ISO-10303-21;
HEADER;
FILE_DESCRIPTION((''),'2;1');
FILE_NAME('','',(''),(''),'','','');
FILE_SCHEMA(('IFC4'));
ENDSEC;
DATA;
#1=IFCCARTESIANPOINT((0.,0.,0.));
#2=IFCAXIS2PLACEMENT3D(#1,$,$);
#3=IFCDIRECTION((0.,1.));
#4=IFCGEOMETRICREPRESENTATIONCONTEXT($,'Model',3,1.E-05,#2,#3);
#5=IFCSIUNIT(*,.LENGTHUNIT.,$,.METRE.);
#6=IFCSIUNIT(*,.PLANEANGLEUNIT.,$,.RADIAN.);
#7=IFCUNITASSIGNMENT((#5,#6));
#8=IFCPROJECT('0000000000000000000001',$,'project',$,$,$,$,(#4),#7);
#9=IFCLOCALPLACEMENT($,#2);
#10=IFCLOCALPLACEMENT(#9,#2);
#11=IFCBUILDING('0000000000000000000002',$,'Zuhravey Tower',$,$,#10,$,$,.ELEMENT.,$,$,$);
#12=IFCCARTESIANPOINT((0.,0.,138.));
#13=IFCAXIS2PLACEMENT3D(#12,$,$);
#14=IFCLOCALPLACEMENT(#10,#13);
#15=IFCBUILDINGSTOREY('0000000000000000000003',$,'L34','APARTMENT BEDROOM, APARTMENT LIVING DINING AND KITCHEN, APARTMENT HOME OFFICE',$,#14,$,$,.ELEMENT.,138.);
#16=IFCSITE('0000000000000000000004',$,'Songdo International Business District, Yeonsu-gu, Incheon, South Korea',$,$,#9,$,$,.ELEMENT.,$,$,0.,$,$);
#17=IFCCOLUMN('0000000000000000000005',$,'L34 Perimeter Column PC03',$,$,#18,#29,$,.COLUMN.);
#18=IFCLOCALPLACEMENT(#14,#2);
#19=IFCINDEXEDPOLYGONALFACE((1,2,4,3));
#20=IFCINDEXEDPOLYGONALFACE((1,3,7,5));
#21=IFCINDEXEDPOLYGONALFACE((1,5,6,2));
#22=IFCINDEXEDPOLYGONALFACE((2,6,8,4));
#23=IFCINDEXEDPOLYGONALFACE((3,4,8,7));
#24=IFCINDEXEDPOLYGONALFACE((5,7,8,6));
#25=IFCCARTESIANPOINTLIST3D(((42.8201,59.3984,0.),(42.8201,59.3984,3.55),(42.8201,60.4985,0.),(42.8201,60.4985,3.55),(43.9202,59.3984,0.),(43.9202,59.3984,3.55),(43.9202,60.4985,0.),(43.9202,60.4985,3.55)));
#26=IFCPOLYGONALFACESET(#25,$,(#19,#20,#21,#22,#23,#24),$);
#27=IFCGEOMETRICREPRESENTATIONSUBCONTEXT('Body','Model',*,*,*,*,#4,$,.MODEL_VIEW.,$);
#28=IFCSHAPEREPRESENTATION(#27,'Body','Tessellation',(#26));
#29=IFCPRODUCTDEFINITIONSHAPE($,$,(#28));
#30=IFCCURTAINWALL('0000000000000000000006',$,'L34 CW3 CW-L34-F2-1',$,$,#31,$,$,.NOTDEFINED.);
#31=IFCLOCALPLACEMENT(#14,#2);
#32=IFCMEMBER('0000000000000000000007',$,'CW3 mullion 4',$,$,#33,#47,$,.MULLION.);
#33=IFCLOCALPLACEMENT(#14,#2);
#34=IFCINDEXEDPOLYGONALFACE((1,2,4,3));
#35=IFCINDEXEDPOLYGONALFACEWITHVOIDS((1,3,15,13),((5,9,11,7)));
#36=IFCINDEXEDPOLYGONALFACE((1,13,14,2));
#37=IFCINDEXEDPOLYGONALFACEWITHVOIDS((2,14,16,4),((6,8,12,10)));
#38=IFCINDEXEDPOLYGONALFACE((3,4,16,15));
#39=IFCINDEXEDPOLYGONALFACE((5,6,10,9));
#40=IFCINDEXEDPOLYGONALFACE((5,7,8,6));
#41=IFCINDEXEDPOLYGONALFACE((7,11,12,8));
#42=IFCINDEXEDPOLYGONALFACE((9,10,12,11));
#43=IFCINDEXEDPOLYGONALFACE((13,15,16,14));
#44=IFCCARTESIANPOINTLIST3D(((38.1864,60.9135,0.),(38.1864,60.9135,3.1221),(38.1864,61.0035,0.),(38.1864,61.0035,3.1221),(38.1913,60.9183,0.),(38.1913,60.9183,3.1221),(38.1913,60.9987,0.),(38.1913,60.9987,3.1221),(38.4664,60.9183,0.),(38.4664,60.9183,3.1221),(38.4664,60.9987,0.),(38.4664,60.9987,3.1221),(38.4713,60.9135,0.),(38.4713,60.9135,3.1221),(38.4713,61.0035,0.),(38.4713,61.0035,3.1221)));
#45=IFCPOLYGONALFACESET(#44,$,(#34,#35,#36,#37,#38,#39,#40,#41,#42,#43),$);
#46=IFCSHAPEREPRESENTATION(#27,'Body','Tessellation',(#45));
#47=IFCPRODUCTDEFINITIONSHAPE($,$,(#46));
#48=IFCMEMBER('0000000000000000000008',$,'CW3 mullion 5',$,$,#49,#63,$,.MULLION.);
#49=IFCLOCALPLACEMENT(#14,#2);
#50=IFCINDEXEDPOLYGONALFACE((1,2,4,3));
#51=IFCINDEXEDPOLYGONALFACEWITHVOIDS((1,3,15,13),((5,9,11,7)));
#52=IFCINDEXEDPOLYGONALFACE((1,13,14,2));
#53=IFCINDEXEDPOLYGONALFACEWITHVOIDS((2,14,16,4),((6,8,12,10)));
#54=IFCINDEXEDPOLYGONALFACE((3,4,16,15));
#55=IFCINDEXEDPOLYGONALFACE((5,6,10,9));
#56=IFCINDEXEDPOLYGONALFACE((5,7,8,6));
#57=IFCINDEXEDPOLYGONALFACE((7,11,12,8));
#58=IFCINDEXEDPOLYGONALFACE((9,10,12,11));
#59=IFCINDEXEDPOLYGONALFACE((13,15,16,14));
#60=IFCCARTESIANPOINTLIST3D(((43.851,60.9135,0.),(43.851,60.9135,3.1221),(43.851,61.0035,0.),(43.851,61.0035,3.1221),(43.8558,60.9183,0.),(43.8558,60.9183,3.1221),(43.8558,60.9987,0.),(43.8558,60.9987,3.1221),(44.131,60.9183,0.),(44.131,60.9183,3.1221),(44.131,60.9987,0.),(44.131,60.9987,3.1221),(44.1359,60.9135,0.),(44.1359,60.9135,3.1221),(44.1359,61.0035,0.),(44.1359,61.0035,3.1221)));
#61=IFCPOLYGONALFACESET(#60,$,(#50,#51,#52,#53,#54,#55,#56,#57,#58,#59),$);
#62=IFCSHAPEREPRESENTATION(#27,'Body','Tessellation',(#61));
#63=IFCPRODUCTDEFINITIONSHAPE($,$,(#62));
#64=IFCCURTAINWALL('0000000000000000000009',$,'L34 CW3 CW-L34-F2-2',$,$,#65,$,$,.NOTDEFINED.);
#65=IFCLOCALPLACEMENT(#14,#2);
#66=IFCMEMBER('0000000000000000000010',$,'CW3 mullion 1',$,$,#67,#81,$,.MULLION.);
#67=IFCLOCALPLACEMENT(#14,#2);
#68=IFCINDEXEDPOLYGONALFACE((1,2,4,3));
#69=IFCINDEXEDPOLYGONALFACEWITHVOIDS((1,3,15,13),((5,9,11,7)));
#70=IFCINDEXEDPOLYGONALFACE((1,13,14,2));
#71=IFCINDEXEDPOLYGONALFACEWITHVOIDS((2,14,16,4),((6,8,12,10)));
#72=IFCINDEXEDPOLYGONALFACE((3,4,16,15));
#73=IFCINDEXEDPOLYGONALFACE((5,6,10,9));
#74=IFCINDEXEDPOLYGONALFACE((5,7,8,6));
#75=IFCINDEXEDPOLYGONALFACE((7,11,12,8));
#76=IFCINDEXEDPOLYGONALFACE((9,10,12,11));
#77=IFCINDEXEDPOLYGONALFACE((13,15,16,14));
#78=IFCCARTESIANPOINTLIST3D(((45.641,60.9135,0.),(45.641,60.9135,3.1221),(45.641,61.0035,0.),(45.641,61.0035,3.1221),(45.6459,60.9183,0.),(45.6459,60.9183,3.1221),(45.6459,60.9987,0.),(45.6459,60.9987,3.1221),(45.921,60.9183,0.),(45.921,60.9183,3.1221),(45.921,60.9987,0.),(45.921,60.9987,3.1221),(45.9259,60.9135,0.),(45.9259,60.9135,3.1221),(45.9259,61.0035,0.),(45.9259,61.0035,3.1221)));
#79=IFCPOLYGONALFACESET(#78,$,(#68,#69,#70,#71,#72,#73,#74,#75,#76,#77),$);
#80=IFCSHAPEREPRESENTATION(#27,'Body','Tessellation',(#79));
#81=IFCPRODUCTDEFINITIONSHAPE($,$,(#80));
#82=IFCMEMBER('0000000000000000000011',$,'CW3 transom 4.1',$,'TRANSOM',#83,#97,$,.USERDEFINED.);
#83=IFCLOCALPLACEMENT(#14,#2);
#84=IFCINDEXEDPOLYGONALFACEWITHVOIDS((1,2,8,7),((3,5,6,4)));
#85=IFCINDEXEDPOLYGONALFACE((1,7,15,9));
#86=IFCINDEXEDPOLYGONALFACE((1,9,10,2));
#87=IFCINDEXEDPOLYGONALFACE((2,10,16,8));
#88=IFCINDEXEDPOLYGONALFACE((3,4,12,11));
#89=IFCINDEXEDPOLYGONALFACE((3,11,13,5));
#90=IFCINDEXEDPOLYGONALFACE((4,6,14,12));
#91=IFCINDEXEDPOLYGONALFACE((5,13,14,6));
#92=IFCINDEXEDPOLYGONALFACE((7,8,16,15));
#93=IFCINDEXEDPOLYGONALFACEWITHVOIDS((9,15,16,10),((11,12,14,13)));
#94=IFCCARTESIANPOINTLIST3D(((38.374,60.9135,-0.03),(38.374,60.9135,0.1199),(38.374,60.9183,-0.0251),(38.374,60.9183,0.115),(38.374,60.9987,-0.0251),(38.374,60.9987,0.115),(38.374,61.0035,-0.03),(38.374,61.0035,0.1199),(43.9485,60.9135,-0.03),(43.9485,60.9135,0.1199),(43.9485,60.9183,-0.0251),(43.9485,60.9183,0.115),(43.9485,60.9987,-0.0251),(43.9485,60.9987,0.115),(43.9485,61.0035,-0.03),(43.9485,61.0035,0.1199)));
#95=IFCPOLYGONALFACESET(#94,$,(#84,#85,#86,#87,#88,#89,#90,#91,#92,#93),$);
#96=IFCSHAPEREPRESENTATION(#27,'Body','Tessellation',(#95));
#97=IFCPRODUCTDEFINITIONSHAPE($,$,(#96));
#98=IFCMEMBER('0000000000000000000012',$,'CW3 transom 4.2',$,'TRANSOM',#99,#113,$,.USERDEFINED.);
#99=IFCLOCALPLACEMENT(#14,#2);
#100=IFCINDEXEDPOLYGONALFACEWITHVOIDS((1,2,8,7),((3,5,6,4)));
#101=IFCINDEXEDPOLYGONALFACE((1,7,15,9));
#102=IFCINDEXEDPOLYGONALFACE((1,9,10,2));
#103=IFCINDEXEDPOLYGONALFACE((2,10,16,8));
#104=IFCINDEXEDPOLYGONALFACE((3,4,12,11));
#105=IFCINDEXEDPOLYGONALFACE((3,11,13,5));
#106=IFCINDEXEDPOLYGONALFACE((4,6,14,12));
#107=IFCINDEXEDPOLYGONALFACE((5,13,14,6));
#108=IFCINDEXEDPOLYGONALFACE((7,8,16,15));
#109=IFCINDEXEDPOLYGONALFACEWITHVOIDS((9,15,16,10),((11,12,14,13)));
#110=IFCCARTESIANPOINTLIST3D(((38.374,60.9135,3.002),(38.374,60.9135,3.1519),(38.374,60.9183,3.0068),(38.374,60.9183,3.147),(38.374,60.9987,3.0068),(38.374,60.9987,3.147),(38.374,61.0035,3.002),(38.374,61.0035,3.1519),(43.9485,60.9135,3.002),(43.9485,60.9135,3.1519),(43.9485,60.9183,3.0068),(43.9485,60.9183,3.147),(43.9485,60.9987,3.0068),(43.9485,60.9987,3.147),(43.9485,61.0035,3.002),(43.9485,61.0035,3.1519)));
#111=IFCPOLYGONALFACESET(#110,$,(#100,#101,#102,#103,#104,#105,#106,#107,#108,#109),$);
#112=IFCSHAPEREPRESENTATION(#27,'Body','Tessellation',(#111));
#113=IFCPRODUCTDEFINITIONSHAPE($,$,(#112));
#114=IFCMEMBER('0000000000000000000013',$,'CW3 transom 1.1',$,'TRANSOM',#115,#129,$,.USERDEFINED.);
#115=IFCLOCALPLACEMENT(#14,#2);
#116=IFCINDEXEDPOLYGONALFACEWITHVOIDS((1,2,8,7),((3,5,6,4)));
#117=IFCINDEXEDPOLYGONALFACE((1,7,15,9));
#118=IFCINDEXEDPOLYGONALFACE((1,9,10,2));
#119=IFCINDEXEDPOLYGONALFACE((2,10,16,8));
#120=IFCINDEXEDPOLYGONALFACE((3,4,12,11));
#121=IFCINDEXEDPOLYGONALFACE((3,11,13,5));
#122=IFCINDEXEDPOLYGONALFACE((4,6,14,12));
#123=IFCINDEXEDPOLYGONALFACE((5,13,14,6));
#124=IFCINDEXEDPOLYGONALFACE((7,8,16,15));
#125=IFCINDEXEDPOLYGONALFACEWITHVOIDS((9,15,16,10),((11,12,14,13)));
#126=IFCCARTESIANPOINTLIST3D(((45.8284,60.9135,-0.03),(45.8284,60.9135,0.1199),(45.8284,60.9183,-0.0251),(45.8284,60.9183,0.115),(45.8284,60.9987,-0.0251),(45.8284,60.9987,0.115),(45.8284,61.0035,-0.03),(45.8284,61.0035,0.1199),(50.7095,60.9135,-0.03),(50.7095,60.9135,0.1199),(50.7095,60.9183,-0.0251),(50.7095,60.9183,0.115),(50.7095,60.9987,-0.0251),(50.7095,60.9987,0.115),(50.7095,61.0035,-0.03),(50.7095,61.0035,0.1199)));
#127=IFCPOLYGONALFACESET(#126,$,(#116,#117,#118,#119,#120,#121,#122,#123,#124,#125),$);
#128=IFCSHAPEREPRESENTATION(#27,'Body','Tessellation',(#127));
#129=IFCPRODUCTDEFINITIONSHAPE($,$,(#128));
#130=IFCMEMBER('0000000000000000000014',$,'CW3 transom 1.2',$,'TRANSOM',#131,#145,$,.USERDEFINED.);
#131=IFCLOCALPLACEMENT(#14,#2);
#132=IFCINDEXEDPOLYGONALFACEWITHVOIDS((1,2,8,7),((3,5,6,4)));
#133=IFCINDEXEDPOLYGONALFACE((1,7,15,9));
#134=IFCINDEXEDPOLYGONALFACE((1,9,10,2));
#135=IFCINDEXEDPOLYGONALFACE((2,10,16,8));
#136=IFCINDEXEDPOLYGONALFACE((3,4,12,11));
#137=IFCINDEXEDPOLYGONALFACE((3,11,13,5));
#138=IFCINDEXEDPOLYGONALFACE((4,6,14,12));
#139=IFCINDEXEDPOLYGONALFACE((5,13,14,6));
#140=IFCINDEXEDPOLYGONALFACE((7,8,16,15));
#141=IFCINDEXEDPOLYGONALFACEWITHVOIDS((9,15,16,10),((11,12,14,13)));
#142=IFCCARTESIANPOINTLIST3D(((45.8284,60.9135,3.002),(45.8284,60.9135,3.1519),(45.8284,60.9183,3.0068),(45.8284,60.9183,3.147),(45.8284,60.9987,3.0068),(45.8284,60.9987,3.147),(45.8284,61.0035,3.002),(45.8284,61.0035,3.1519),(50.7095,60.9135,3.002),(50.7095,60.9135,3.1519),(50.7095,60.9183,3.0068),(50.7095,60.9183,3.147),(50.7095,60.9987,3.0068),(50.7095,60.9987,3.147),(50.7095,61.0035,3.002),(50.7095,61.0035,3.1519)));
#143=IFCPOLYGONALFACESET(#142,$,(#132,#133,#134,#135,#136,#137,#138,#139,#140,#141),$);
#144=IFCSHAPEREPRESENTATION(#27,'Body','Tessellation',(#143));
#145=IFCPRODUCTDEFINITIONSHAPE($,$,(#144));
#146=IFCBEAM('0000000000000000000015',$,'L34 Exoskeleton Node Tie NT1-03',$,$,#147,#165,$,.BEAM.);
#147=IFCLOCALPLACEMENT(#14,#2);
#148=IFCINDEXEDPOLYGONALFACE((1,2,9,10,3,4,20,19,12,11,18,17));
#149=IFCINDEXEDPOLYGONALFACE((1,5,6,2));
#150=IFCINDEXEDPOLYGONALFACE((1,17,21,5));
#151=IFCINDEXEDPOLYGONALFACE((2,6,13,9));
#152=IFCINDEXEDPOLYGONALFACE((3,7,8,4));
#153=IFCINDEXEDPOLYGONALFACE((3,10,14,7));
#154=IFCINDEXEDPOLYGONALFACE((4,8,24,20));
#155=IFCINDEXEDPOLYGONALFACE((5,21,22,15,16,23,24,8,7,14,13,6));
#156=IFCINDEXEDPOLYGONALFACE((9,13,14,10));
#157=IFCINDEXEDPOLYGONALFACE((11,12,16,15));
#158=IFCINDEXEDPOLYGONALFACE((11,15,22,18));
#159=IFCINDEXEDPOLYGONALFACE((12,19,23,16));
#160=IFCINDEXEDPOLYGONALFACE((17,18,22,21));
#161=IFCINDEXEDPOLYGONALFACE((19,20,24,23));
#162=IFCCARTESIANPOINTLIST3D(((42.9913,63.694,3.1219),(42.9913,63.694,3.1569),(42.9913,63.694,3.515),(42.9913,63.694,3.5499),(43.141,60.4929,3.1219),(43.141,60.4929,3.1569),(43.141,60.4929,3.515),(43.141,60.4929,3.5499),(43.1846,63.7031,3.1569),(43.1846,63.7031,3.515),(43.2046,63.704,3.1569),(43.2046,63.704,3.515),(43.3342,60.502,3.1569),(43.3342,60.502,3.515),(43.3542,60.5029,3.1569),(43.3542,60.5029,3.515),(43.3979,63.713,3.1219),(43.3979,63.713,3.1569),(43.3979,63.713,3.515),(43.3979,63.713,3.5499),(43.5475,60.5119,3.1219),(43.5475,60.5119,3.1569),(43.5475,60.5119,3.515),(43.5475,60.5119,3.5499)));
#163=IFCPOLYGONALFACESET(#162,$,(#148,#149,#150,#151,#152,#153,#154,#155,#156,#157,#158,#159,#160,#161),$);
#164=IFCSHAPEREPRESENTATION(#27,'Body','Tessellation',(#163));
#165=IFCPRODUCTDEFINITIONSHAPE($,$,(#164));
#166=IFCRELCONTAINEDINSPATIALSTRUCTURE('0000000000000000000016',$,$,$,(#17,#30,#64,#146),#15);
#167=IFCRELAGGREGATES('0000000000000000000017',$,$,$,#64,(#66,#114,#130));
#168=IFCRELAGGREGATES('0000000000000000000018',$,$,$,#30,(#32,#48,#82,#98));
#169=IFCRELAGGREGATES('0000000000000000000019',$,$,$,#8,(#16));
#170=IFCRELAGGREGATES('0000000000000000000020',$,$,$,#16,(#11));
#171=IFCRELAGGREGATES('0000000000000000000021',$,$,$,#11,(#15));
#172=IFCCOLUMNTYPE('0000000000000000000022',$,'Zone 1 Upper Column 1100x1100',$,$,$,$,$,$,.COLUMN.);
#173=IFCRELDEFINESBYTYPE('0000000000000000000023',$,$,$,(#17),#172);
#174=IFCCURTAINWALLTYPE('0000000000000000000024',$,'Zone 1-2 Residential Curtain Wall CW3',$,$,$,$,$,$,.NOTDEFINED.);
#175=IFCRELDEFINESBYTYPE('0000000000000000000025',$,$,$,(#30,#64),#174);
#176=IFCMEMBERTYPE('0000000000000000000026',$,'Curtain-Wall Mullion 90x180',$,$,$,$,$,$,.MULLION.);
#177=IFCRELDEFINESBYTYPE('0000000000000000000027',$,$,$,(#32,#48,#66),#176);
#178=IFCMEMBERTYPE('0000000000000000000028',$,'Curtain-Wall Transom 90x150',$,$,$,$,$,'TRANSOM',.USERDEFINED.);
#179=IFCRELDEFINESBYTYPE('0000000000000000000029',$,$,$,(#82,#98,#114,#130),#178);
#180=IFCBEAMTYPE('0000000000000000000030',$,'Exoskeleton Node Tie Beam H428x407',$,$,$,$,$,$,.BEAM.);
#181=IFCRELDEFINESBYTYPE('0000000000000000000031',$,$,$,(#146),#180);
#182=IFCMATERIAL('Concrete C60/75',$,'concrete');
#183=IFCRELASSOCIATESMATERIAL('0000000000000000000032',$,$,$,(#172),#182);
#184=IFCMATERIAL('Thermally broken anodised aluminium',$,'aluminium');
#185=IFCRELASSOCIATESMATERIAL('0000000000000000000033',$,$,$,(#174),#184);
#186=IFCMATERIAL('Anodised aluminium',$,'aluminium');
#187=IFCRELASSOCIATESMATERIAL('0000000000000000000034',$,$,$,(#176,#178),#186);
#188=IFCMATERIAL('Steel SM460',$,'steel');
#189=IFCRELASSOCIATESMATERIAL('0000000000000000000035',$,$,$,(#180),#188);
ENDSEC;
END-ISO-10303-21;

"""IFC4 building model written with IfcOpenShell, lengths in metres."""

from ifc_helpers import new_model, si_unit, direction, frame, origin, origin_2d, place, context, subcontext, project, spatial, rectangle, hollow_rectangle, i_section, extrude, material, material_profile, profile_set, type_object, element, aggregate, save


model = new_model("IFC4")

# Units and contexts
model_context = context("Model", 3, precision=1e-05, world=origin(), true_north=direction((0.0, 1.0)))
body_context = subcontext(model_context, "Body", "Model", "MODEL_VIEW")
ifc_project = project(units=[si_unit("LENGTHUNIT", "METRE"), si_unit("PLANEANGLEUNIT", "RADIAN")], contexts=[model_context])

# Site, building, storey
site_placement = place(None, origin())
site = spatial("IfcSite", under=ifc_project, at=site_placement, Name="Songdo International Business District, Yeonsu-gu, Incheon, South Korea", CompositionType="ELEMENT", RefElevation=0.0)
building_placement = place(site_placement, origin())
building = spatial("IfcBuilding", under=site, at=building_placement, Name="Zuhravey Tower", CompositionType="ELEMENT")
storey_placement = place(building_placement, frame((0.0, 0.0, 138.0)))
storey = spatial("IfcBuildingStorey", under=building, at=storey_placement, Name="L34", Description="APARTMENT BEDROOM, APARTMENT LIVING DINING AND KITCHEN, APARTMENT HOME OFFICE", CompositionType="ELEMENT", Elevation=138.0)

# Column
ifc_material_1 = material(Name="Concrete C60/75", Category="concrete")
ifc_material_profile_1 = material_profile(ifc_material_1, rectangle(XDim=1.1001, YDim=1.1001, at=origin_2d()), Name="RC-1100x1100")
ifc_profile_set_1 = profile_set([ifc_material_profile_1], Name="Concrete C60/75")
column_type = type_object("IfcColumnType", Name="Zone 1 Upper Column 1100x1100", PredefinedType="COLUMN", material=ifc_profile_set_1)
column_placement = place(storey_placement, frame((43.3701, 59.9485, 0.0), z_axis=(0.0, 0.0, 1.0), x_axis=(-1.0, 0.0, 0.0)))
element("IfcColumn", 1, at=column_placement, inside=storey, type_object=column_type, Name="L34 Perimeter Column PC03", PredefinedType="COLUMN", context=body_context, shape_type="SweptSolid", body=[
    extrude(rectangle(XDim=1.1001, YDim=1.1001, at=origin_2d()), origin(), (0.0, 0.0, 1.0), 3.55),
])

# Curtain wall, members
ifc_material_2 = material(Name="Thermally broken anodised aluminium", Category="aluminium")
curtain_wall_type = type_object("IfcCurtainWallType", Name="Zone 1-2 Residential Curtain Wall CW3", PredefinedType="NOTDEFINED", material=ifc_material_2)
curtain_wall_1_placement = place(storey_placement, origin())
curtain_wall_1 = element("IfcCurtainWall", 2, at=curtain_wall_1_placement, inside=storey, type_object=curtain_wall_type, Name="L34 CW3 CW-L34-F2-1", PredefinedType="NOTDEFINED")
ifc_material_3 = material(Name="Anodised aluminium", Category="aluminium")
ifc_material_profile_2 = material_profile(ifc_material_3, hollow_rectangle(XDim=0.0901, YDim=0.2849, WallThickness=0.0049, at=origin_2d()), Name="ALU-RHS-90x285x5")
ifc_profile_set_2 = profile_set([ifc_material_profile_2], Name="Anodised aluminium")
member_type_1 = type_object("IfcMemberType", Name="Curtain-Wall Mullion 90x180", PredefinedType="MULLION", material=ifc_profile_set_2)
member_1_placement = place(storey_placement, frame((38.3289, 60.9585, 0.0), z_axis=(0.0, 0.0, 1.0), x_axis=(0.0, 1.0, 0.0)))
member_1 = element("IfcMember", 3, at=member_1_placement, type_object=member_type_1, Name="CW3 mullion 4", PredefinedType="MULLION", context=body_context, shape_type="SweptSolid", body=[
    extrude(hollow_rectangle(XDim=0.0901, YDim=0.2849, WallThickness=0.0049, at=origin_2d()), origin(), (0.0, 0.0, 1.0), 3.1221),
])
member_2_placement = place(storey_placement, frame((43.9934, 60.9585, 0.0), z_axis=(0.0, 0.0, 1.0), x_axis=(0.0, 1.0, 0.0)))
member_2 = element("IfcMember", 4, at=member_2_placement, type_object=member_type_1, Name="CW3 mullion 5", PredefinedType="MULLION", context=body_context, shape_type="SweptSolid", body=[
    extrude(hollow_rectangle(XDim=0.0901, YDim=0.2849, WallThickness=0.0049, at=origin_2d()), origin(), (0.0, 0.0, 1.0), 3.1221),
])

# Curtain wall, member
curtain_wall_2_placement = place(storey_placement, origin())
curtain_wall_2 = element("IfcCurtainWall", 5, at=curtain_wall_2_placement, inside=storey, type_object=curtain_wall_type, Name="L34 CW3 CW-L34-F2-2", PredefinedType="NOTDEFINED")
member_3_placement = place(storey_placement, frame((45.7834, 60.9585, 0.0), z_axis=(0.0, 0.0, 1.0), x_axis=(0.0, 1.0, 0.0)))
member_3 = element("IfcMember", 6, at=member_3_placement, type_object=member_type_1, Name="CW3 mullion 1", PredefinedType="MULLION", context=body_context, shape_type="SweptSolid", body=[
    extrude(hollow_rectangle(XDim=0.0901, YDim=0.2849, WallThickness=0.0049, at=origin_2d()), origin(), (0.0, 0.0, 1.0), 3.1221),
])

# Members
ifc_material_profile_3 = material_profile(ifc_material_3, hollow_rectangle(XDim=0.0901, YDim=0.1499, WallThickness=0.0049, at=origin_2d()), Name="ALU-RHS-90x150x5")
ifc_profile_set_3 = profile_set([ifc_material_profile_3], Name="Anodised aluminium")
member_type_2 = type_object("IfcMemberType", Name="Curtain-Wall Transom 90x150", ElementType="TRANSOM", PredefinedType="USERDEFINED", material=ifc_profile_set_3)
member_4_placement = place(storey_placement, frame((38.374, 60.9585, 0.0449), z_axis=(1.0, 0.0, 0.0), x_axis=(0.0, 1.0, 0.0)))
member_4 = element("IfcMember", 7, at=member_4_placement, type_object=member_type_2, Name="CW3 transom 4.1", ObjectType="TRANSOM", PredefinedType="USERDEFINED", context=body_context, shape_type="SweptSolid", body=[
    extrude(hollow_rectangle(XDim=0.0901, YDim=0.1499, WallThickness=0.0049, at=origin_2d()), origin(), (0.0, 0.0, 1.0), 5.5745),
])
member_5_placement = place(storey_placement, frame((38.374, 60.9585, 3.0769), z_axis=(1.0, 0.0, 0.0), x_axis=(0.0, 1.0, 0.0)))
member_5 = element("IfcMember", 8, at=member_5_placement, type_object=member_type_2, Name="CW3 transom 4.2", ObjectType="TRANSOM", PredefinedType="USERDEFINED", context=body_context, shape_type="SweptSolid", body=[
    extrude(hollow_rectangle(XDim=0.0901, YDim=0.1499, WallThickness=0.0049, at=origin_2d()), origin(), (0.0, 0.0, 1.0), 5.5745),
])
member_6_placement = place(storey_placement, frame((45.8284, 60.9585, 0.0449), z_axis=(1.0, 0.0, 0.0), x_axis=(0.0, 1.0, 0.0)))
member_6 = element("IfcMember", 9, at=member_6_placement, type_object=member_type_2, Name="CW3 transom 1.1", ObjectType="TRANSOM", PredefinedType="USERDEFINED", context=body_context, shape_type="SweptSolid", body=[
    extrude(hollow_rectangle(XDim=0.0901, YDim=0.1499, WallThickness=0.0049, at=origin_2d()), origin(), (0.0, 0.0, 1.0), 4.8811),
])
member_7_placement = place(storey_placement, frame((45.8284, 60.9585, 3.0769), z_axis=(1.0, 0.0, 0.0), x_axis=(0.0, 1.0, 0.0)))
member_7 = element("IfcMember", 10, at=member_7_placement, type_object=member_type_2, Name="CW3 transom 1.2", ObjectType="TRANSOM", PredefinedType="USERDEFINED", context=body_context, shape_type="SweptSolid", body=[
    extrude(hollow_rectangle(XDim=0.0901, YDim=0.1499, WallThickness=0.0049, at=origin_2d()), origin(), (0.0, 0.0, 1.0), 4.8811),
])
aggregate(curtain_wall_2, [member_3, member_6, member_7])

# Beam
ifc_material_4 = material(Name="Steel SM460", Category="steel")
ifc_material_profile_4 = material_profile(ifc_material_4, i_section(OverallWidth=0.407, OverallDepth=0.428, WebThickness=0.02, FlangeThickness=0.0349, at=origin_2d()), Name="H-428x407x20x35")
ifc_profile_set_4 = profile_set([ifc_material_profile_4], Name="Steel SM460")
beam_type_1 = type_object("IfcBeamType", Name="Exoskeleton Node Tie Beam H428x407", PredefinedType="BEAM", material=ifc_profile_set_4)
beam_1_placement = place(storey_placement, frame((43.3442, 60.5024, 3.3359), z_axis=(-0.0467, 0.998909, 0.0), x_axis=(-0.998909, -0.0467, 0.0)))
element("IfcBeam", 11, at=beam_1_placement, inside=storey, type_object=beam_type_1, Name="L34 Exoskeleton Node Tie NT1-03", PredefinedType="BEAM", context=body_context, shape_type="SweptSolid", body=[
    extrude(i_section(OverallWidth=0.407, OverallDepth=0.428, WebThickness=0.02, FlangeThickness=0.0349, at=origin_2d()), origin(), (0.0, 0.0, 1.0), 3.2046),
])

aggregate(curtain_wall_1, [member_1, member_2, member_4, member_5])

save(model, "model.ifc")
